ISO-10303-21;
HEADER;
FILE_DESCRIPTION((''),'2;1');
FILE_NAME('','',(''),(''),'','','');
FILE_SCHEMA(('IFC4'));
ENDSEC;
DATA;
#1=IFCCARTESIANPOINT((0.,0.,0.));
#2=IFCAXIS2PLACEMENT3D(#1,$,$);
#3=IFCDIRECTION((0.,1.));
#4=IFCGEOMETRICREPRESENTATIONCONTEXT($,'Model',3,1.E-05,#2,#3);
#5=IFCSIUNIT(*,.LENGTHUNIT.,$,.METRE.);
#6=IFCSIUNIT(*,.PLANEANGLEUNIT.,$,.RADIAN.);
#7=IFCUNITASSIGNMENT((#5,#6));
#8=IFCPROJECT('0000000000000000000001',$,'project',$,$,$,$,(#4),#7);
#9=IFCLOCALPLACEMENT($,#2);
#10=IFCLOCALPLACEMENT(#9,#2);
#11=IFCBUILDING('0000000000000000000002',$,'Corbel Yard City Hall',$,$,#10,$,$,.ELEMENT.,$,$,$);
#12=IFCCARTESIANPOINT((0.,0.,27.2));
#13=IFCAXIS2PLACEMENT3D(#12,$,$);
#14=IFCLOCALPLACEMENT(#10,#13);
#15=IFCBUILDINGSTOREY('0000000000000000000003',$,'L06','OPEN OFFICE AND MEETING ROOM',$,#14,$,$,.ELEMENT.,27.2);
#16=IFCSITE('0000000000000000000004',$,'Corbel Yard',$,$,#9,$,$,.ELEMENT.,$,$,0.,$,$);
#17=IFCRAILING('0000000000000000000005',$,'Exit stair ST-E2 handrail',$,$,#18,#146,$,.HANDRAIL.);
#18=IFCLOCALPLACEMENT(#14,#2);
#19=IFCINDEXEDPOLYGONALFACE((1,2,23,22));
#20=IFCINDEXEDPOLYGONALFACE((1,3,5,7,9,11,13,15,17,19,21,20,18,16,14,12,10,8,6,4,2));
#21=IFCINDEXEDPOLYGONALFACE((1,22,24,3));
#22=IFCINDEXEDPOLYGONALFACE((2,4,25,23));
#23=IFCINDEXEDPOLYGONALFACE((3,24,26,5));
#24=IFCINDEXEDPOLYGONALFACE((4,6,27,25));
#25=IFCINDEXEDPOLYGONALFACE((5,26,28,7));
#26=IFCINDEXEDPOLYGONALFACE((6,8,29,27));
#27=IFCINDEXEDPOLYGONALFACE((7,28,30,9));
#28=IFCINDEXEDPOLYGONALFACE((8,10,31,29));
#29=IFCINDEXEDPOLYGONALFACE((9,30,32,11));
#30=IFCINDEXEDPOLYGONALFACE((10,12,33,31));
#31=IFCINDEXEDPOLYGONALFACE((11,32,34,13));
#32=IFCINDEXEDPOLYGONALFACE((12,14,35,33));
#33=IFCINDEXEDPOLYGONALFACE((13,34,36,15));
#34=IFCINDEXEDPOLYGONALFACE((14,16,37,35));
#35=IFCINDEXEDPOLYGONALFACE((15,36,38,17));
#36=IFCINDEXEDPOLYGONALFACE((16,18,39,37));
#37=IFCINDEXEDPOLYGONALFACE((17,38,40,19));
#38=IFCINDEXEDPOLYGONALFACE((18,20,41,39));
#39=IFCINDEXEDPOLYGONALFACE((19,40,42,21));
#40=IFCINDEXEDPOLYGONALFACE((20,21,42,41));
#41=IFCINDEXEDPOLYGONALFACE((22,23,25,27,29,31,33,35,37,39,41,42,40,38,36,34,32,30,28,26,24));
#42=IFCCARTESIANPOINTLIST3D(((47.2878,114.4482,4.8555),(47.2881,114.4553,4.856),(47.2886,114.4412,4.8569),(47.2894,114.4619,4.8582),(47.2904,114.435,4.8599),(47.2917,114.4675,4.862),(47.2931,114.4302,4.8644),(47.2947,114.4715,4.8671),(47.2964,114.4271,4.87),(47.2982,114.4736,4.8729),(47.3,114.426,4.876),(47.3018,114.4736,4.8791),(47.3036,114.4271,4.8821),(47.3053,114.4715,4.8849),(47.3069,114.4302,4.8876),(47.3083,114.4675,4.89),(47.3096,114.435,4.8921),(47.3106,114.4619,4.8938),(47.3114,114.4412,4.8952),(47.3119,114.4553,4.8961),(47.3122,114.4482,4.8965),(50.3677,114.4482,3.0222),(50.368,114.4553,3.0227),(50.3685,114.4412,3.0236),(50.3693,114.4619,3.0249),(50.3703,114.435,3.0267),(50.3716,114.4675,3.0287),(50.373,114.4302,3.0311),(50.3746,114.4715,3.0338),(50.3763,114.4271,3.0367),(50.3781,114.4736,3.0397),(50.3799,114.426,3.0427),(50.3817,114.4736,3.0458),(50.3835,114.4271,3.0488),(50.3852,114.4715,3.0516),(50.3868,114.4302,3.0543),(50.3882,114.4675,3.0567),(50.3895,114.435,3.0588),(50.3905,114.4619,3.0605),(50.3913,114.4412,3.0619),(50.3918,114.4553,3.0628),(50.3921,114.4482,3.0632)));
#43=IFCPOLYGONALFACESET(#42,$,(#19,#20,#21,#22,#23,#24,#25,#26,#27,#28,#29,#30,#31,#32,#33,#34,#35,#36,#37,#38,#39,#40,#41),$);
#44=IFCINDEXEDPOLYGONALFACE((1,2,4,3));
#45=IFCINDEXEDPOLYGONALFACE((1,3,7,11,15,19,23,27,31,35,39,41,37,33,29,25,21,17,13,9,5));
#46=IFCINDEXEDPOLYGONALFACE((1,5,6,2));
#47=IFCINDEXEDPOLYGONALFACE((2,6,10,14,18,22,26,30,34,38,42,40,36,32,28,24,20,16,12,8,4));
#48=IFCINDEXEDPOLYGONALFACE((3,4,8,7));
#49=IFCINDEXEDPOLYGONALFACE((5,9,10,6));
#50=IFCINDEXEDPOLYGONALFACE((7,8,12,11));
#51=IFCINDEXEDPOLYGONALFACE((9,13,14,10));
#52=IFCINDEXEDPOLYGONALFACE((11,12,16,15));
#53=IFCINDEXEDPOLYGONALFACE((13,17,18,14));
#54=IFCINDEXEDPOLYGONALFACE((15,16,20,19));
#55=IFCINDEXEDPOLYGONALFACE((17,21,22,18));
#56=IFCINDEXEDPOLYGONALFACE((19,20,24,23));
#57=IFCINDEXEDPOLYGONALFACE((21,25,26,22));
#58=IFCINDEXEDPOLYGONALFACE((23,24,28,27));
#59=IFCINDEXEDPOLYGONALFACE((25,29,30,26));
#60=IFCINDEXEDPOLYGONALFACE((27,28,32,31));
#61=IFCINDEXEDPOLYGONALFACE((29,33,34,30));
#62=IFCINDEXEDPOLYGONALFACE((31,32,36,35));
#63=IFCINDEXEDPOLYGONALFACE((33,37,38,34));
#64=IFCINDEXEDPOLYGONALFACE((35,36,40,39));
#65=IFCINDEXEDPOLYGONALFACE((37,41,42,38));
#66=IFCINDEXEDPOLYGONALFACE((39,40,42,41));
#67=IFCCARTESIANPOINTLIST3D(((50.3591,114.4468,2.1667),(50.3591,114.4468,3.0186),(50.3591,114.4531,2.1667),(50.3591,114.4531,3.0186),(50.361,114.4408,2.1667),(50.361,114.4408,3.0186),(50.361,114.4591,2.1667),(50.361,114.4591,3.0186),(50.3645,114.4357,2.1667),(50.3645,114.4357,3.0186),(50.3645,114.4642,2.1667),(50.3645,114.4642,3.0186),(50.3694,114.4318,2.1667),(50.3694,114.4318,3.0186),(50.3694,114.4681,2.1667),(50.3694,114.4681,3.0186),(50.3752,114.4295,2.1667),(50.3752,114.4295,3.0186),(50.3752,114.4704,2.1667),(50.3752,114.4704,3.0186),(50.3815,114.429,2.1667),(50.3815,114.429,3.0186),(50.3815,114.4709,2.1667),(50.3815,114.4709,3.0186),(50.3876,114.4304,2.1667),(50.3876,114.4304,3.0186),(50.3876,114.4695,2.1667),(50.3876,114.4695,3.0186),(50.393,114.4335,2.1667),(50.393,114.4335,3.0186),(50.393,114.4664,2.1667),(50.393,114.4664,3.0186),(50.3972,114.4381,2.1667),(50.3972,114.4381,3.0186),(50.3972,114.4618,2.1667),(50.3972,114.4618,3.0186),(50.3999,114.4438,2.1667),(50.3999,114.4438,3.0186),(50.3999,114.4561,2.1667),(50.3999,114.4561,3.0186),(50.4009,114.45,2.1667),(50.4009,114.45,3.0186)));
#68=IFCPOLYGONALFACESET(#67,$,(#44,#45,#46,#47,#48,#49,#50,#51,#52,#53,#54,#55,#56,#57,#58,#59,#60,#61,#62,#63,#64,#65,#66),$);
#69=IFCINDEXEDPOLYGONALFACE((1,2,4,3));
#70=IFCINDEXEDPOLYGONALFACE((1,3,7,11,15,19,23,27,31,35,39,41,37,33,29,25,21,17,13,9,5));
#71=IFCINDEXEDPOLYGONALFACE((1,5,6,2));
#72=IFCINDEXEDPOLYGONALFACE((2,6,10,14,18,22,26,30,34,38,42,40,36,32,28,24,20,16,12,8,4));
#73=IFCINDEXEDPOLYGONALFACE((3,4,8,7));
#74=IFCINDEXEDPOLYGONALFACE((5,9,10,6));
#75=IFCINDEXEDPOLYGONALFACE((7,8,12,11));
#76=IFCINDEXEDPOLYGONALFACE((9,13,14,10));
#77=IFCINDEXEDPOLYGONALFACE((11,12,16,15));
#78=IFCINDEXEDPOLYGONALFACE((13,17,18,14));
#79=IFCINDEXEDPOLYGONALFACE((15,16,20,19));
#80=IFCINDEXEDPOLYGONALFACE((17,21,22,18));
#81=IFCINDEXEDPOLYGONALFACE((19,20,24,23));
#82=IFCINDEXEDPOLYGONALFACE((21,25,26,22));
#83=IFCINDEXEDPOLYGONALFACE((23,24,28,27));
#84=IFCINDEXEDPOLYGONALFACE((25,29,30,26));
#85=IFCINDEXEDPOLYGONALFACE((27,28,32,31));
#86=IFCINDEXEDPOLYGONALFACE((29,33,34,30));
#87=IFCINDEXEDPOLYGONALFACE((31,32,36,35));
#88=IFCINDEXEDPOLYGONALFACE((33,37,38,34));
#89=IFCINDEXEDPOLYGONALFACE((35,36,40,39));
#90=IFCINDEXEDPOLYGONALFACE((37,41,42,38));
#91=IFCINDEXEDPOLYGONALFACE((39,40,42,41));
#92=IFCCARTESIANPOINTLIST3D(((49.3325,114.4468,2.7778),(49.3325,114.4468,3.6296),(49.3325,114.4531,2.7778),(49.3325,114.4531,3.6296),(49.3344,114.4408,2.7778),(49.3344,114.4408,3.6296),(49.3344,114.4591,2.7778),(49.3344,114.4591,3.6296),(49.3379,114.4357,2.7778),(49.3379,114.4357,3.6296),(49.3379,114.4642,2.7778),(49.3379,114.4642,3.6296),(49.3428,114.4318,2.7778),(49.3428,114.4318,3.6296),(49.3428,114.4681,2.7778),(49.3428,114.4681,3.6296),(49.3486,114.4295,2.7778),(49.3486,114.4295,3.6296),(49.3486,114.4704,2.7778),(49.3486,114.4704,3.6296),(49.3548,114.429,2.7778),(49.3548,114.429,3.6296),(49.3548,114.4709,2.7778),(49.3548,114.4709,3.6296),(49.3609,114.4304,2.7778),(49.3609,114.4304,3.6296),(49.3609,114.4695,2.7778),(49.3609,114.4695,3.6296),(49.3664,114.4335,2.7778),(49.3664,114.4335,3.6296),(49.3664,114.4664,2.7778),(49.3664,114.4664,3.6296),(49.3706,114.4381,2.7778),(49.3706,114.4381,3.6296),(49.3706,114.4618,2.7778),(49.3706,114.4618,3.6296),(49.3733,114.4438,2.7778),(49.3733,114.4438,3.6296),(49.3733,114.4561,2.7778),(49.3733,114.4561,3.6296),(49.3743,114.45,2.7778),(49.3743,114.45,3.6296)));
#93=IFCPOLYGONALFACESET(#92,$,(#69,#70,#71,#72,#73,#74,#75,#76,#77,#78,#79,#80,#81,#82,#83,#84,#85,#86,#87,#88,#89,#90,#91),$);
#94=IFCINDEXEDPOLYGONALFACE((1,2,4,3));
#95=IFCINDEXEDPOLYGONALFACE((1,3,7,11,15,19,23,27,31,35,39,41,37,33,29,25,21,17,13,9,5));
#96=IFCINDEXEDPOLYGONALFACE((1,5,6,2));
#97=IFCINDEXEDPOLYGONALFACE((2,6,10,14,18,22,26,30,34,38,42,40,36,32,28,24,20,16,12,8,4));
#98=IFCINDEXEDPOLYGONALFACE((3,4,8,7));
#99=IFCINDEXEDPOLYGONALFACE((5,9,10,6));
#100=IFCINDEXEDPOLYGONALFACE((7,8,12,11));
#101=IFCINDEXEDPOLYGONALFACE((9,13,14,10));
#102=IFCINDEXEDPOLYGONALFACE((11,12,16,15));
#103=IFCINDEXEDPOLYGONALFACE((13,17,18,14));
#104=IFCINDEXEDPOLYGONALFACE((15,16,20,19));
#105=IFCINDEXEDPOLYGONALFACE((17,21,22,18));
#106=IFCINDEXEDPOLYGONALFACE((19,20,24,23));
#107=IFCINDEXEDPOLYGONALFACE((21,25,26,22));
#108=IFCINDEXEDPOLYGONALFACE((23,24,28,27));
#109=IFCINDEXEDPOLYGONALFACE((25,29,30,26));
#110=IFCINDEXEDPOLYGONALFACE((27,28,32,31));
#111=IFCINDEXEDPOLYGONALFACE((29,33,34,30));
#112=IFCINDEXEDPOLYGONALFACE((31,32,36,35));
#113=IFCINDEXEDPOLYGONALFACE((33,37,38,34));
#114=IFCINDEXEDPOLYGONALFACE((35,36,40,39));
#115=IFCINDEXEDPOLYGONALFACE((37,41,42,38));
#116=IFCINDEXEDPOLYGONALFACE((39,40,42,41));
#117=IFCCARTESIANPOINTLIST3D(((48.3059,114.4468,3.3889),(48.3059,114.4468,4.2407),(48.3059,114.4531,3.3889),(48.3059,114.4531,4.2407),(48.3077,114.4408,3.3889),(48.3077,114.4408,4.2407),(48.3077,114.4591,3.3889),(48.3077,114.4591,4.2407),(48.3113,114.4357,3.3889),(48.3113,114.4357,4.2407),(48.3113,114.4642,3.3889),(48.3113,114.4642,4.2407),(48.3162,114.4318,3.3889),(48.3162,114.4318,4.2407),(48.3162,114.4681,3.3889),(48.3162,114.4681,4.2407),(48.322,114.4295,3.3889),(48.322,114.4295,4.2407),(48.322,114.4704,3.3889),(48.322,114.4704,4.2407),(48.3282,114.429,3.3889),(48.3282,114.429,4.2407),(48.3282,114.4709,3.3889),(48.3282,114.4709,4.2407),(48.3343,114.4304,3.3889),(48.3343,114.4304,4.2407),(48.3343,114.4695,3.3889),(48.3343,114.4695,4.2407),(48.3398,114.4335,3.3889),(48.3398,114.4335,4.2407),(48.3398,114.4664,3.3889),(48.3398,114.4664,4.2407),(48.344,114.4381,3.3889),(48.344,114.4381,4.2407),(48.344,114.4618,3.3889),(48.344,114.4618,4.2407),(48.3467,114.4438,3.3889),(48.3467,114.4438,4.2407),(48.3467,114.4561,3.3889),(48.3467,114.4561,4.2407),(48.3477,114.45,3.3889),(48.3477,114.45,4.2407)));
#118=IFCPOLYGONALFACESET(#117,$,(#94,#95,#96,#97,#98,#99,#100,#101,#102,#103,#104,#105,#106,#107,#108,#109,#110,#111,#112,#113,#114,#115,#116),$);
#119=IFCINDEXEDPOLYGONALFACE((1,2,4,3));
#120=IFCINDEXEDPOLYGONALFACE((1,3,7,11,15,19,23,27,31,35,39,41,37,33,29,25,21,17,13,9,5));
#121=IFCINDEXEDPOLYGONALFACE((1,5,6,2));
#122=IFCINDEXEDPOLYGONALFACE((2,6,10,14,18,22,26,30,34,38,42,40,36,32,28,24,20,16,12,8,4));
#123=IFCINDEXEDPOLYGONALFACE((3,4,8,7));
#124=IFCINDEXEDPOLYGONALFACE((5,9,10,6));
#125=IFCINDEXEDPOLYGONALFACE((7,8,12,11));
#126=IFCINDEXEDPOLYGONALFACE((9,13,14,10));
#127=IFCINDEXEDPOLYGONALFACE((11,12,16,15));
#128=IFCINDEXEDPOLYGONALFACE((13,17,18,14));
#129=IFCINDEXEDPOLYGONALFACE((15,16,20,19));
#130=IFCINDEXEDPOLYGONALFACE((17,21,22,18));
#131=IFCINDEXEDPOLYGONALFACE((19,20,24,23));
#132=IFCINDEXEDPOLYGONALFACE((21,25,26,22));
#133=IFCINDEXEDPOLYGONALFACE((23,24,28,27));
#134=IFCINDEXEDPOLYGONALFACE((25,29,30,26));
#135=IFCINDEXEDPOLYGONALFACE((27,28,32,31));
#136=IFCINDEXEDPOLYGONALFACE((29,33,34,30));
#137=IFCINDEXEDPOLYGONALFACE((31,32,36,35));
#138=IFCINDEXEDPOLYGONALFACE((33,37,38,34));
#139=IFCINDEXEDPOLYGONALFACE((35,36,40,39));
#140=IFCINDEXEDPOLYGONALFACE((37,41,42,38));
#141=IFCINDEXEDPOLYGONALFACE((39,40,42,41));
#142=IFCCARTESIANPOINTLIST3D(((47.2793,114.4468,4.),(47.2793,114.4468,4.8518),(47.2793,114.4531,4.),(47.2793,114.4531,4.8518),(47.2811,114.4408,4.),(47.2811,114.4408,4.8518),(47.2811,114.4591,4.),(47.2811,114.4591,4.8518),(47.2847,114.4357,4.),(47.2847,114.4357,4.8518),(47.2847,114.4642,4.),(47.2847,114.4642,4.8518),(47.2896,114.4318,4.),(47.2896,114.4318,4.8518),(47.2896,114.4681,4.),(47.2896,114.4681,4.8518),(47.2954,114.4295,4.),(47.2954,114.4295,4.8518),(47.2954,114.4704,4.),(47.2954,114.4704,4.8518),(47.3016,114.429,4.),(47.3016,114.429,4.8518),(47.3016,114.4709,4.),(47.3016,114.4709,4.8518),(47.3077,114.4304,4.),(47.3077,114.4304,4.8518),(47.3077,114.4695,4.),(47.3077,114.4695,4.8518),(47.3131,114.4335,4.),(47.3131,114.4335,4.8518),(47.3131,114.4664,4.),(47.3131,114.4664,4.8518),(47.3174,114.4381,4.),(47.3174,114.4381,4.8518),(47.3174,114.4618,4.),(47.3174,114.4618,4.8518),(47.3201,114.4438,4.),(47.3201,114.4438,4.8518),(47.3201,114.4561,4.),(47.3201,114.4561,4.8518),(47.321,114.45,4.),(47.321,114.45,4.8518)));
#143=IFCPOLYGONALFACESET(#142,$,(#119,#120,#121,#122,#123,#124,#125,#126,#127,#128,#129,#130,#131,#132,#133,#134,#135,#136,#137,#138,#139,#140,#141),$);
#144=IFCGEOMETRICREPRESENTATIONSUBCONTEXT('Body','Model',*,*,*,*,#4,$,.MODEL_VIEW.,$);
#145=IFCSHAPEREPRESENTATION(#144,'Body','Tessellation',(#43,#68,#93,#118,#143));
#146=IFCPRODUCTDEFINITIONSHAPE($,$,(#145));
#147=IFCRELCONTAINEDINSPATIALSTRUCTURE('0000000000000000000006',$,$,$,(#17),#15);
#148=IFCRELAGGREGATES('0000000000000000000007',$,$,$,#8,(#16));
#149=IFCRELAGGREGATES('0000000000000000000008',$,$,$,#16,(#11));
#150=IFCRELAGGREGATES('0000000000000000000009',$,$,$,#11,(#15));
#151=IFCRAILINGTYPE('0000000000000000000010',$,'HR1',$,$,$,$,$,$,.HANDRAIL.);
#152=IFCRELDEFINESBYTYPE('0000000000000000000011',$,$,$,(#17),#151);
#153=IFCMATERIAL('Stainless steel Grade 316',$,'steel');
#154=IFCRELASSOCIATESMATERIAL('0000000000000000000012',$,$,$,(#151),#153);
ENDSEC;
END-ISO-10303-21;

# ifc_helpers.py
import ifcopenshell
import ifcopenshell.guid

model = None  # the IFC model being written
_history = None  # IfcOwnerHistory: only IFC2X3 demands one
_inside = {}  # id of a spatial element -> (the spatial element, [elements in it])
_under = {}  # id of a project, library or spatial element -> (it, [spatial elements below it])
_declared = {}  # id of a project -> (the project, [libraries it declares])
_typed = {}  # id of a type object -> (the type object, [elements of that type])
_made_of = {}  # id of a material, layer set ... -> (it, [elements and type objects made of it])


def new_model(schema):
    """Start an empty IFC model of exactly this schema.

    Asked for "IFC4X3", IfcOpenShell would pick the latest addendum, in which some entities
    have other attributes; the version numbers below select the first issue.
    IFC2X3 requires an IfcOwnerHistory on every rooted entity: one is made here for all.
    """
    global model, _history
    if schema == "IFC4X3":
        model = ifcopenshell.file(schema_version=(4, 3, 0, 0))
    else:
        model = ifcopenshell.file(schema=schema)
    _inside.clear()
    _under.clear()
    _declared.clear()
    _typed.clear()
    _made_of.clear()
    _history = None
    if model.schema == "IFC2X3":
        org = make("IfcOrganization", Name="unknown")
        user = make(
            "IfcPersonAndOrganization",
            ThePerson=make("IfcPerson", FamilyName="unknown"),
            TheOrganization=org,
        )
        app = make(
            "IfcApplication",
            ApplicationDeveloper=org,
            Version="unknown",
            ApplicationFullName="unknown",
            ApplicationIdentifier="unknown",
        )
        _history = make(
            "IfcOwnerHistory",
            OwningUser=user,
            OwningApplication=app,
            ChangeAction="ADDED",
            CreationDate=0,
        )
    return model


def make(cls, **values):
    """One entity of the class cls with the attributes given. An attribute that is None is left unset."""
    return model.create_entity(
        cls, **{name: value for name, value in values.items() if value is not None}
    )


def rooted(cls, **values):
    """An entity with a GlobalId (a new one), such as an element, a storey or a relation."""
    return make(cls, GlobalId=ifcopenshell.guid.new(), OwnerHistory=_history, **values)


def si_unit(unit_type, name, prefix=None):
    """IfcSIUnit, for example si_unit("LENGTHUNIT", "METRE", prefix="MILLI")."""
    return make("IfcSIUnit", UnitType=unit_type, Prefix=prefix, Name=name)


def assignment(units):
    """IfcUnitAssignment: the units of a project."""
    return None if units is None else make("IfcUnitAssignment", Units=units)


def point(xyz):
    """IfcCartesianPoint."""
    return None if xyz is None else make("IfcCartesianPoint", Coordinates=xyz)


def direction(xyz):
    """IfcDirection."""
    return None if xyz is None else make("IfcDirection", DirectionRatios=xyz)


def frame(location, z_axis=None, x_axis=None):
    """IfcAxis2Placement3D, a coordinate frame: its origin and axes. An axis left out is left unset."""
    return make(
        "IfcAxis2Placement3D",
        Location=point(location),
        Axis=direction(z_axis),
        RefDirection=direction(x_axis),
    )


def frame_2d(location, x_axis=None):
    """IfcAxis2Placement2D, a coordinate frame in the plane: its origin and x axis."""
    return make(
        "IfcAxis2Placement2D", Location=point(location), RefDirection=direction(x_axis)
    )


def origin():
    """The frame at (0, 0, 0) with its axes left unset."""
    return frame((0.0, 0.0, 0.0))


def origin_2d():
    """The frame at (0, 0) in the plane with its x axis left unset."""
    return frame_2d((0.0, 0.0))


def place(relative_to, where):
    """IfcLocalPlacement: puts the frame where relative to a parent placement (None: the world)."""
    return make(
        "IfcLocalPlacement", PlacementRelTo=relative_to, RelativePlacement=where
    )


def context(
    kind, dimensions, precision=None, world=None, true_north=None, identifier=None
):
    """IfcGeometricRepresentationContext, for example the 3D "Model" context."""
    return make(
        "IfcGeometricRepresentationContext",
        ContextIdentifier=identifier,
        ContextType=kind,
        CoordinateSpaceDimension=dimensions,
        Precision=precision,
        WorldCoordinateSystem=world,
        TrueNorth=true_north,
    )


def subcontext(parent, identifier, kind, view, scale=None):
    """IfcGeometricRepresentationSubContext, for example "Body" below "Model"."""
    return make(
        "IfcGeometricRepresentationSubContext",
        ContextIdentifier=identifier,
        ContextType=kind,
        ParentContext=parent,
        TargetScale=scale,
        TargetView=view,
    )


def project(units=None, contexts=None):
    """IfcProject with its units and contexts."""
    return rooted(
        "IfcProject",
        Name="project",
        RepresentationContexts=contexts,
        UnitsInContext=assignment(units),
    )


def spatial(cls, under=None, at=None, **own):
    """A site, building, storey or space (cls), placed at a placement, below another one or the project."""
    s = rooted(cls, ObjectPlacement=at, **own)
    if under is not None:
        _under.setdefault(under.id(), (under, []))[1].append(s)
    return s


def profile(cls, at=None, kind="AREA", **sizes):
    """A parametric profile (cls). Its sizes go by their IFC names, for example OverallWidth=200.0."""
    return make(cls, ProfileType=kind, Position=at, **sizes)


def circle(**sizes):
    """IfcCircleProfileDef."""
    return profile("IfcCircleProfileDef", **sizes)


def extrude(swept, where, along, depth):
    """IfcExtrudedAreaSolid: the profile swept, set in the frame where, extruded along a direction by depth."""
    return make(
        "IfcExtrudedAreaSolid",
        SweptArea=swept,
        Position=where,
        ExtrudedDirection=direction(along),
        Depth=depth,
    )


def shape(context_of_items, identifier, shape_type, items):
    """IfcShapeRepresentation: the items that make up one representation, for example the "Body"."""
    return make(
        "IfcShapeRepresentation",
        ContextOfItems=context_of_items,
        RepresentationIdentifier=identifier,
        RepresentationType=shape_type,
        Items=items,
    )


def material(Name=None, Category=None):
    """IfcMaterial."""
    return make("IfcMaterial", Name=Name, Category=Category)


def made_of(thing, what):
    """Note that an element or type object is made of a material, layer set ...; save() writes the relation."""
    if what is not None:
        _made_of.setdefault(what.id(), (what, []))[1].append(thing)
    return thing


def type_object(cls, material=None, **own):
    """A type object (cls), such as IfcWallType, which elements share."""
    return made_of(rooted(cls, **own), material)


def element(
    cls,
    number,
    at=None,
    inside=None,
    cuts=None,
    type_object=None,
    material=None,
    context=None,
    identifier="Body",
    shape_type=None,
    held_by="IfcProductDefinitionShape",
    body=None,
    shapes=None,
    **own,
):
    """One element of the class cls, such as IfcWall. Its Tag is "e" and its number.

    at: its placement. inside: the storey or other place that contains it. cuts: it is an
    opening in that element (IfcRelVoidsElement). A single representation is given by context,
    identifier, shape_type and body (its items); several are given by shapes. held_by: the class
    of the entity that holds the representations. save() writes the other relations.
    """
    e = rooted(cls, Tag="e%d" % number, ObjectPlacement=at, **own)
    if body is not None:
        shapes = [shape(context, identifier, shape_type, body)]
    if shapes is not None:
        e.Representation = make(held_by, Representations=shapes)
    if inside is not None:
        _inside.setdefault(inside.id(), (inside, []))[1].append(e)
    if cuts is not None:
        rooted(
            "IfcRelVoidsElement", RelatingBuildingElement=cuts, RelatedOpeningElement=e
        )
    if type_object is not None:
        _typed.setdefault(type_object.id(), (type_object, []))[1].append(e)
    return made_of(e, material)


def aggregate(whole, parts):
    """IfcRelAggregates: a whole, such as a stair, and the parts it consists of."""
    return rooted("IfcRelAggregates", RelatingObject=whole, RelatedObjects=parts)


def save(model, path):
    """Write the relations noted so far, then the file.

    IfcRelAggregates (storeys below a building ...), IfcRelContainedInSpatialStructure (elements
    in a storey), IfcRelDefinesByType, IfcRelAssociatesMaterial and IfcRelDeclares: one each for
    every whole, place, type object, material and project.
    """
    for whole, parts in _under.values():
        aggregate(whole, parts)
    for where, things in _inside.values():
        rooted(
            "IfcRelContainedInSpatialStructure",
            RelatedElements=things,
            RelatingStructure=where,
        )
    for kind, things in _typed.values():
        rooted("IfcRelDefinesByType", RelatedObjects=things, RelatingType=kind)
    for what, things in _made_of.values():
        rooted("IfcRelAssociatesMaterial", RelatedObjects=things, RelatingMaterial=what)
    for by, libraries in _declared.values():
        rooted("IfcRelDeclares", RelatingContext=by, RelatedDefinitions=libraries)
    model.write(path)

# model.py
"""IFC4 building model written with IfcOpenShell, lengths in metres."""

from ifc_helpers import new_model, si_unit, direction, frame, origin, origin_2d, place, context, subcontext, project, spatial, circle, extrude, material, type_object, element, save


model = new_model("IFC4")

# Units and contexts
model_context = context("Model", 3, precision=1e-05, world=origin(), true_north=direction((0.0, 1.0)))
body_context = subcontext(model_context, "Body", "Model", "MODEL_VIEW")
ifc_project = project(units=[si_unit("LENGTHUNIT", "METRE"), si_unit("PLANEANGLEUNIT", "RADIAN")], contexts=[model_context])

# Site, building, storey
site_placement = place(None, origin())
site = spatial("IfcSite", under=ifc_project, at=site_placement, Name="Corbel Yard", CompositionType="ELEMENT", RefElevation=0.0)
building_placement = place(site_placement, origin())
building = spatial("IfcBuilding", under=site, at=building_placement, Name="Corbel Yard City Hall", CompositionType="ELEMENT")
storey_placement = place(building_placement, frame((0.0, 0.0, 27.2)))
storey = spatial("IfcBuildingStorey", under=building, at=storey_placement, Name="L06", Description="OPEN OFFICE AND MEETING ROOM", CompositionType="ELEMENT", Elevation=27.2)

# Shared definitions
ifc_material_1 = material(Name="Stainless steel Grade 316", Category="steel")

# Railing
railing_type = type_object("IfcRailingType", Name="HR1", PredefinedType="HANDRAIL", material=ifc_material_1)
for number, where, name in (
    (1, (50.3799, 114.45, 2.1667), "Exit stair ST-E2 handrail"),
):
    element("IfcRailing", number, at=place(storey_placement, frame(where)), inside=storey, type_object=railing_type, Name=name, PredefinedType="HANDRAIL", context=body_context, shape_type="SweptSolid", body=[
        extrude(circle(Radius=0.0239, at=origin_2d()), frame((0.0, 0.0, 0.876), z_axis=(-0.859291, 0.0, 0.511487), x_axis=(0.0, -1.0, 0.0)), (0.0, 0.0, 1.0), 3.5842),
        extrude(circle(Radius=0.021, at=origin_2d()), origin(), (0.0, 0.0, 1.0), 0.8518),
        extrude(circle(Radius=0.021, at=origin_2d()), frame((-1.0266, 0.0, 0.6111)), (0.0, 0.0, 1.0), 0.8518),
        extrude(circle(Radius=0.021, at=origin_2d()), frame((-2.0532, 0.0, 1.2222)), (0.0, 0.0, 1.0), 0.8518),
        extrude(circle(Radius=0.021, at=origin_2d()), frame((-3.0798, 0.0, 1.8333)), (0.0, 0.0, 1.0), 0.8518),
    ])

save(model, "model.ifc")
